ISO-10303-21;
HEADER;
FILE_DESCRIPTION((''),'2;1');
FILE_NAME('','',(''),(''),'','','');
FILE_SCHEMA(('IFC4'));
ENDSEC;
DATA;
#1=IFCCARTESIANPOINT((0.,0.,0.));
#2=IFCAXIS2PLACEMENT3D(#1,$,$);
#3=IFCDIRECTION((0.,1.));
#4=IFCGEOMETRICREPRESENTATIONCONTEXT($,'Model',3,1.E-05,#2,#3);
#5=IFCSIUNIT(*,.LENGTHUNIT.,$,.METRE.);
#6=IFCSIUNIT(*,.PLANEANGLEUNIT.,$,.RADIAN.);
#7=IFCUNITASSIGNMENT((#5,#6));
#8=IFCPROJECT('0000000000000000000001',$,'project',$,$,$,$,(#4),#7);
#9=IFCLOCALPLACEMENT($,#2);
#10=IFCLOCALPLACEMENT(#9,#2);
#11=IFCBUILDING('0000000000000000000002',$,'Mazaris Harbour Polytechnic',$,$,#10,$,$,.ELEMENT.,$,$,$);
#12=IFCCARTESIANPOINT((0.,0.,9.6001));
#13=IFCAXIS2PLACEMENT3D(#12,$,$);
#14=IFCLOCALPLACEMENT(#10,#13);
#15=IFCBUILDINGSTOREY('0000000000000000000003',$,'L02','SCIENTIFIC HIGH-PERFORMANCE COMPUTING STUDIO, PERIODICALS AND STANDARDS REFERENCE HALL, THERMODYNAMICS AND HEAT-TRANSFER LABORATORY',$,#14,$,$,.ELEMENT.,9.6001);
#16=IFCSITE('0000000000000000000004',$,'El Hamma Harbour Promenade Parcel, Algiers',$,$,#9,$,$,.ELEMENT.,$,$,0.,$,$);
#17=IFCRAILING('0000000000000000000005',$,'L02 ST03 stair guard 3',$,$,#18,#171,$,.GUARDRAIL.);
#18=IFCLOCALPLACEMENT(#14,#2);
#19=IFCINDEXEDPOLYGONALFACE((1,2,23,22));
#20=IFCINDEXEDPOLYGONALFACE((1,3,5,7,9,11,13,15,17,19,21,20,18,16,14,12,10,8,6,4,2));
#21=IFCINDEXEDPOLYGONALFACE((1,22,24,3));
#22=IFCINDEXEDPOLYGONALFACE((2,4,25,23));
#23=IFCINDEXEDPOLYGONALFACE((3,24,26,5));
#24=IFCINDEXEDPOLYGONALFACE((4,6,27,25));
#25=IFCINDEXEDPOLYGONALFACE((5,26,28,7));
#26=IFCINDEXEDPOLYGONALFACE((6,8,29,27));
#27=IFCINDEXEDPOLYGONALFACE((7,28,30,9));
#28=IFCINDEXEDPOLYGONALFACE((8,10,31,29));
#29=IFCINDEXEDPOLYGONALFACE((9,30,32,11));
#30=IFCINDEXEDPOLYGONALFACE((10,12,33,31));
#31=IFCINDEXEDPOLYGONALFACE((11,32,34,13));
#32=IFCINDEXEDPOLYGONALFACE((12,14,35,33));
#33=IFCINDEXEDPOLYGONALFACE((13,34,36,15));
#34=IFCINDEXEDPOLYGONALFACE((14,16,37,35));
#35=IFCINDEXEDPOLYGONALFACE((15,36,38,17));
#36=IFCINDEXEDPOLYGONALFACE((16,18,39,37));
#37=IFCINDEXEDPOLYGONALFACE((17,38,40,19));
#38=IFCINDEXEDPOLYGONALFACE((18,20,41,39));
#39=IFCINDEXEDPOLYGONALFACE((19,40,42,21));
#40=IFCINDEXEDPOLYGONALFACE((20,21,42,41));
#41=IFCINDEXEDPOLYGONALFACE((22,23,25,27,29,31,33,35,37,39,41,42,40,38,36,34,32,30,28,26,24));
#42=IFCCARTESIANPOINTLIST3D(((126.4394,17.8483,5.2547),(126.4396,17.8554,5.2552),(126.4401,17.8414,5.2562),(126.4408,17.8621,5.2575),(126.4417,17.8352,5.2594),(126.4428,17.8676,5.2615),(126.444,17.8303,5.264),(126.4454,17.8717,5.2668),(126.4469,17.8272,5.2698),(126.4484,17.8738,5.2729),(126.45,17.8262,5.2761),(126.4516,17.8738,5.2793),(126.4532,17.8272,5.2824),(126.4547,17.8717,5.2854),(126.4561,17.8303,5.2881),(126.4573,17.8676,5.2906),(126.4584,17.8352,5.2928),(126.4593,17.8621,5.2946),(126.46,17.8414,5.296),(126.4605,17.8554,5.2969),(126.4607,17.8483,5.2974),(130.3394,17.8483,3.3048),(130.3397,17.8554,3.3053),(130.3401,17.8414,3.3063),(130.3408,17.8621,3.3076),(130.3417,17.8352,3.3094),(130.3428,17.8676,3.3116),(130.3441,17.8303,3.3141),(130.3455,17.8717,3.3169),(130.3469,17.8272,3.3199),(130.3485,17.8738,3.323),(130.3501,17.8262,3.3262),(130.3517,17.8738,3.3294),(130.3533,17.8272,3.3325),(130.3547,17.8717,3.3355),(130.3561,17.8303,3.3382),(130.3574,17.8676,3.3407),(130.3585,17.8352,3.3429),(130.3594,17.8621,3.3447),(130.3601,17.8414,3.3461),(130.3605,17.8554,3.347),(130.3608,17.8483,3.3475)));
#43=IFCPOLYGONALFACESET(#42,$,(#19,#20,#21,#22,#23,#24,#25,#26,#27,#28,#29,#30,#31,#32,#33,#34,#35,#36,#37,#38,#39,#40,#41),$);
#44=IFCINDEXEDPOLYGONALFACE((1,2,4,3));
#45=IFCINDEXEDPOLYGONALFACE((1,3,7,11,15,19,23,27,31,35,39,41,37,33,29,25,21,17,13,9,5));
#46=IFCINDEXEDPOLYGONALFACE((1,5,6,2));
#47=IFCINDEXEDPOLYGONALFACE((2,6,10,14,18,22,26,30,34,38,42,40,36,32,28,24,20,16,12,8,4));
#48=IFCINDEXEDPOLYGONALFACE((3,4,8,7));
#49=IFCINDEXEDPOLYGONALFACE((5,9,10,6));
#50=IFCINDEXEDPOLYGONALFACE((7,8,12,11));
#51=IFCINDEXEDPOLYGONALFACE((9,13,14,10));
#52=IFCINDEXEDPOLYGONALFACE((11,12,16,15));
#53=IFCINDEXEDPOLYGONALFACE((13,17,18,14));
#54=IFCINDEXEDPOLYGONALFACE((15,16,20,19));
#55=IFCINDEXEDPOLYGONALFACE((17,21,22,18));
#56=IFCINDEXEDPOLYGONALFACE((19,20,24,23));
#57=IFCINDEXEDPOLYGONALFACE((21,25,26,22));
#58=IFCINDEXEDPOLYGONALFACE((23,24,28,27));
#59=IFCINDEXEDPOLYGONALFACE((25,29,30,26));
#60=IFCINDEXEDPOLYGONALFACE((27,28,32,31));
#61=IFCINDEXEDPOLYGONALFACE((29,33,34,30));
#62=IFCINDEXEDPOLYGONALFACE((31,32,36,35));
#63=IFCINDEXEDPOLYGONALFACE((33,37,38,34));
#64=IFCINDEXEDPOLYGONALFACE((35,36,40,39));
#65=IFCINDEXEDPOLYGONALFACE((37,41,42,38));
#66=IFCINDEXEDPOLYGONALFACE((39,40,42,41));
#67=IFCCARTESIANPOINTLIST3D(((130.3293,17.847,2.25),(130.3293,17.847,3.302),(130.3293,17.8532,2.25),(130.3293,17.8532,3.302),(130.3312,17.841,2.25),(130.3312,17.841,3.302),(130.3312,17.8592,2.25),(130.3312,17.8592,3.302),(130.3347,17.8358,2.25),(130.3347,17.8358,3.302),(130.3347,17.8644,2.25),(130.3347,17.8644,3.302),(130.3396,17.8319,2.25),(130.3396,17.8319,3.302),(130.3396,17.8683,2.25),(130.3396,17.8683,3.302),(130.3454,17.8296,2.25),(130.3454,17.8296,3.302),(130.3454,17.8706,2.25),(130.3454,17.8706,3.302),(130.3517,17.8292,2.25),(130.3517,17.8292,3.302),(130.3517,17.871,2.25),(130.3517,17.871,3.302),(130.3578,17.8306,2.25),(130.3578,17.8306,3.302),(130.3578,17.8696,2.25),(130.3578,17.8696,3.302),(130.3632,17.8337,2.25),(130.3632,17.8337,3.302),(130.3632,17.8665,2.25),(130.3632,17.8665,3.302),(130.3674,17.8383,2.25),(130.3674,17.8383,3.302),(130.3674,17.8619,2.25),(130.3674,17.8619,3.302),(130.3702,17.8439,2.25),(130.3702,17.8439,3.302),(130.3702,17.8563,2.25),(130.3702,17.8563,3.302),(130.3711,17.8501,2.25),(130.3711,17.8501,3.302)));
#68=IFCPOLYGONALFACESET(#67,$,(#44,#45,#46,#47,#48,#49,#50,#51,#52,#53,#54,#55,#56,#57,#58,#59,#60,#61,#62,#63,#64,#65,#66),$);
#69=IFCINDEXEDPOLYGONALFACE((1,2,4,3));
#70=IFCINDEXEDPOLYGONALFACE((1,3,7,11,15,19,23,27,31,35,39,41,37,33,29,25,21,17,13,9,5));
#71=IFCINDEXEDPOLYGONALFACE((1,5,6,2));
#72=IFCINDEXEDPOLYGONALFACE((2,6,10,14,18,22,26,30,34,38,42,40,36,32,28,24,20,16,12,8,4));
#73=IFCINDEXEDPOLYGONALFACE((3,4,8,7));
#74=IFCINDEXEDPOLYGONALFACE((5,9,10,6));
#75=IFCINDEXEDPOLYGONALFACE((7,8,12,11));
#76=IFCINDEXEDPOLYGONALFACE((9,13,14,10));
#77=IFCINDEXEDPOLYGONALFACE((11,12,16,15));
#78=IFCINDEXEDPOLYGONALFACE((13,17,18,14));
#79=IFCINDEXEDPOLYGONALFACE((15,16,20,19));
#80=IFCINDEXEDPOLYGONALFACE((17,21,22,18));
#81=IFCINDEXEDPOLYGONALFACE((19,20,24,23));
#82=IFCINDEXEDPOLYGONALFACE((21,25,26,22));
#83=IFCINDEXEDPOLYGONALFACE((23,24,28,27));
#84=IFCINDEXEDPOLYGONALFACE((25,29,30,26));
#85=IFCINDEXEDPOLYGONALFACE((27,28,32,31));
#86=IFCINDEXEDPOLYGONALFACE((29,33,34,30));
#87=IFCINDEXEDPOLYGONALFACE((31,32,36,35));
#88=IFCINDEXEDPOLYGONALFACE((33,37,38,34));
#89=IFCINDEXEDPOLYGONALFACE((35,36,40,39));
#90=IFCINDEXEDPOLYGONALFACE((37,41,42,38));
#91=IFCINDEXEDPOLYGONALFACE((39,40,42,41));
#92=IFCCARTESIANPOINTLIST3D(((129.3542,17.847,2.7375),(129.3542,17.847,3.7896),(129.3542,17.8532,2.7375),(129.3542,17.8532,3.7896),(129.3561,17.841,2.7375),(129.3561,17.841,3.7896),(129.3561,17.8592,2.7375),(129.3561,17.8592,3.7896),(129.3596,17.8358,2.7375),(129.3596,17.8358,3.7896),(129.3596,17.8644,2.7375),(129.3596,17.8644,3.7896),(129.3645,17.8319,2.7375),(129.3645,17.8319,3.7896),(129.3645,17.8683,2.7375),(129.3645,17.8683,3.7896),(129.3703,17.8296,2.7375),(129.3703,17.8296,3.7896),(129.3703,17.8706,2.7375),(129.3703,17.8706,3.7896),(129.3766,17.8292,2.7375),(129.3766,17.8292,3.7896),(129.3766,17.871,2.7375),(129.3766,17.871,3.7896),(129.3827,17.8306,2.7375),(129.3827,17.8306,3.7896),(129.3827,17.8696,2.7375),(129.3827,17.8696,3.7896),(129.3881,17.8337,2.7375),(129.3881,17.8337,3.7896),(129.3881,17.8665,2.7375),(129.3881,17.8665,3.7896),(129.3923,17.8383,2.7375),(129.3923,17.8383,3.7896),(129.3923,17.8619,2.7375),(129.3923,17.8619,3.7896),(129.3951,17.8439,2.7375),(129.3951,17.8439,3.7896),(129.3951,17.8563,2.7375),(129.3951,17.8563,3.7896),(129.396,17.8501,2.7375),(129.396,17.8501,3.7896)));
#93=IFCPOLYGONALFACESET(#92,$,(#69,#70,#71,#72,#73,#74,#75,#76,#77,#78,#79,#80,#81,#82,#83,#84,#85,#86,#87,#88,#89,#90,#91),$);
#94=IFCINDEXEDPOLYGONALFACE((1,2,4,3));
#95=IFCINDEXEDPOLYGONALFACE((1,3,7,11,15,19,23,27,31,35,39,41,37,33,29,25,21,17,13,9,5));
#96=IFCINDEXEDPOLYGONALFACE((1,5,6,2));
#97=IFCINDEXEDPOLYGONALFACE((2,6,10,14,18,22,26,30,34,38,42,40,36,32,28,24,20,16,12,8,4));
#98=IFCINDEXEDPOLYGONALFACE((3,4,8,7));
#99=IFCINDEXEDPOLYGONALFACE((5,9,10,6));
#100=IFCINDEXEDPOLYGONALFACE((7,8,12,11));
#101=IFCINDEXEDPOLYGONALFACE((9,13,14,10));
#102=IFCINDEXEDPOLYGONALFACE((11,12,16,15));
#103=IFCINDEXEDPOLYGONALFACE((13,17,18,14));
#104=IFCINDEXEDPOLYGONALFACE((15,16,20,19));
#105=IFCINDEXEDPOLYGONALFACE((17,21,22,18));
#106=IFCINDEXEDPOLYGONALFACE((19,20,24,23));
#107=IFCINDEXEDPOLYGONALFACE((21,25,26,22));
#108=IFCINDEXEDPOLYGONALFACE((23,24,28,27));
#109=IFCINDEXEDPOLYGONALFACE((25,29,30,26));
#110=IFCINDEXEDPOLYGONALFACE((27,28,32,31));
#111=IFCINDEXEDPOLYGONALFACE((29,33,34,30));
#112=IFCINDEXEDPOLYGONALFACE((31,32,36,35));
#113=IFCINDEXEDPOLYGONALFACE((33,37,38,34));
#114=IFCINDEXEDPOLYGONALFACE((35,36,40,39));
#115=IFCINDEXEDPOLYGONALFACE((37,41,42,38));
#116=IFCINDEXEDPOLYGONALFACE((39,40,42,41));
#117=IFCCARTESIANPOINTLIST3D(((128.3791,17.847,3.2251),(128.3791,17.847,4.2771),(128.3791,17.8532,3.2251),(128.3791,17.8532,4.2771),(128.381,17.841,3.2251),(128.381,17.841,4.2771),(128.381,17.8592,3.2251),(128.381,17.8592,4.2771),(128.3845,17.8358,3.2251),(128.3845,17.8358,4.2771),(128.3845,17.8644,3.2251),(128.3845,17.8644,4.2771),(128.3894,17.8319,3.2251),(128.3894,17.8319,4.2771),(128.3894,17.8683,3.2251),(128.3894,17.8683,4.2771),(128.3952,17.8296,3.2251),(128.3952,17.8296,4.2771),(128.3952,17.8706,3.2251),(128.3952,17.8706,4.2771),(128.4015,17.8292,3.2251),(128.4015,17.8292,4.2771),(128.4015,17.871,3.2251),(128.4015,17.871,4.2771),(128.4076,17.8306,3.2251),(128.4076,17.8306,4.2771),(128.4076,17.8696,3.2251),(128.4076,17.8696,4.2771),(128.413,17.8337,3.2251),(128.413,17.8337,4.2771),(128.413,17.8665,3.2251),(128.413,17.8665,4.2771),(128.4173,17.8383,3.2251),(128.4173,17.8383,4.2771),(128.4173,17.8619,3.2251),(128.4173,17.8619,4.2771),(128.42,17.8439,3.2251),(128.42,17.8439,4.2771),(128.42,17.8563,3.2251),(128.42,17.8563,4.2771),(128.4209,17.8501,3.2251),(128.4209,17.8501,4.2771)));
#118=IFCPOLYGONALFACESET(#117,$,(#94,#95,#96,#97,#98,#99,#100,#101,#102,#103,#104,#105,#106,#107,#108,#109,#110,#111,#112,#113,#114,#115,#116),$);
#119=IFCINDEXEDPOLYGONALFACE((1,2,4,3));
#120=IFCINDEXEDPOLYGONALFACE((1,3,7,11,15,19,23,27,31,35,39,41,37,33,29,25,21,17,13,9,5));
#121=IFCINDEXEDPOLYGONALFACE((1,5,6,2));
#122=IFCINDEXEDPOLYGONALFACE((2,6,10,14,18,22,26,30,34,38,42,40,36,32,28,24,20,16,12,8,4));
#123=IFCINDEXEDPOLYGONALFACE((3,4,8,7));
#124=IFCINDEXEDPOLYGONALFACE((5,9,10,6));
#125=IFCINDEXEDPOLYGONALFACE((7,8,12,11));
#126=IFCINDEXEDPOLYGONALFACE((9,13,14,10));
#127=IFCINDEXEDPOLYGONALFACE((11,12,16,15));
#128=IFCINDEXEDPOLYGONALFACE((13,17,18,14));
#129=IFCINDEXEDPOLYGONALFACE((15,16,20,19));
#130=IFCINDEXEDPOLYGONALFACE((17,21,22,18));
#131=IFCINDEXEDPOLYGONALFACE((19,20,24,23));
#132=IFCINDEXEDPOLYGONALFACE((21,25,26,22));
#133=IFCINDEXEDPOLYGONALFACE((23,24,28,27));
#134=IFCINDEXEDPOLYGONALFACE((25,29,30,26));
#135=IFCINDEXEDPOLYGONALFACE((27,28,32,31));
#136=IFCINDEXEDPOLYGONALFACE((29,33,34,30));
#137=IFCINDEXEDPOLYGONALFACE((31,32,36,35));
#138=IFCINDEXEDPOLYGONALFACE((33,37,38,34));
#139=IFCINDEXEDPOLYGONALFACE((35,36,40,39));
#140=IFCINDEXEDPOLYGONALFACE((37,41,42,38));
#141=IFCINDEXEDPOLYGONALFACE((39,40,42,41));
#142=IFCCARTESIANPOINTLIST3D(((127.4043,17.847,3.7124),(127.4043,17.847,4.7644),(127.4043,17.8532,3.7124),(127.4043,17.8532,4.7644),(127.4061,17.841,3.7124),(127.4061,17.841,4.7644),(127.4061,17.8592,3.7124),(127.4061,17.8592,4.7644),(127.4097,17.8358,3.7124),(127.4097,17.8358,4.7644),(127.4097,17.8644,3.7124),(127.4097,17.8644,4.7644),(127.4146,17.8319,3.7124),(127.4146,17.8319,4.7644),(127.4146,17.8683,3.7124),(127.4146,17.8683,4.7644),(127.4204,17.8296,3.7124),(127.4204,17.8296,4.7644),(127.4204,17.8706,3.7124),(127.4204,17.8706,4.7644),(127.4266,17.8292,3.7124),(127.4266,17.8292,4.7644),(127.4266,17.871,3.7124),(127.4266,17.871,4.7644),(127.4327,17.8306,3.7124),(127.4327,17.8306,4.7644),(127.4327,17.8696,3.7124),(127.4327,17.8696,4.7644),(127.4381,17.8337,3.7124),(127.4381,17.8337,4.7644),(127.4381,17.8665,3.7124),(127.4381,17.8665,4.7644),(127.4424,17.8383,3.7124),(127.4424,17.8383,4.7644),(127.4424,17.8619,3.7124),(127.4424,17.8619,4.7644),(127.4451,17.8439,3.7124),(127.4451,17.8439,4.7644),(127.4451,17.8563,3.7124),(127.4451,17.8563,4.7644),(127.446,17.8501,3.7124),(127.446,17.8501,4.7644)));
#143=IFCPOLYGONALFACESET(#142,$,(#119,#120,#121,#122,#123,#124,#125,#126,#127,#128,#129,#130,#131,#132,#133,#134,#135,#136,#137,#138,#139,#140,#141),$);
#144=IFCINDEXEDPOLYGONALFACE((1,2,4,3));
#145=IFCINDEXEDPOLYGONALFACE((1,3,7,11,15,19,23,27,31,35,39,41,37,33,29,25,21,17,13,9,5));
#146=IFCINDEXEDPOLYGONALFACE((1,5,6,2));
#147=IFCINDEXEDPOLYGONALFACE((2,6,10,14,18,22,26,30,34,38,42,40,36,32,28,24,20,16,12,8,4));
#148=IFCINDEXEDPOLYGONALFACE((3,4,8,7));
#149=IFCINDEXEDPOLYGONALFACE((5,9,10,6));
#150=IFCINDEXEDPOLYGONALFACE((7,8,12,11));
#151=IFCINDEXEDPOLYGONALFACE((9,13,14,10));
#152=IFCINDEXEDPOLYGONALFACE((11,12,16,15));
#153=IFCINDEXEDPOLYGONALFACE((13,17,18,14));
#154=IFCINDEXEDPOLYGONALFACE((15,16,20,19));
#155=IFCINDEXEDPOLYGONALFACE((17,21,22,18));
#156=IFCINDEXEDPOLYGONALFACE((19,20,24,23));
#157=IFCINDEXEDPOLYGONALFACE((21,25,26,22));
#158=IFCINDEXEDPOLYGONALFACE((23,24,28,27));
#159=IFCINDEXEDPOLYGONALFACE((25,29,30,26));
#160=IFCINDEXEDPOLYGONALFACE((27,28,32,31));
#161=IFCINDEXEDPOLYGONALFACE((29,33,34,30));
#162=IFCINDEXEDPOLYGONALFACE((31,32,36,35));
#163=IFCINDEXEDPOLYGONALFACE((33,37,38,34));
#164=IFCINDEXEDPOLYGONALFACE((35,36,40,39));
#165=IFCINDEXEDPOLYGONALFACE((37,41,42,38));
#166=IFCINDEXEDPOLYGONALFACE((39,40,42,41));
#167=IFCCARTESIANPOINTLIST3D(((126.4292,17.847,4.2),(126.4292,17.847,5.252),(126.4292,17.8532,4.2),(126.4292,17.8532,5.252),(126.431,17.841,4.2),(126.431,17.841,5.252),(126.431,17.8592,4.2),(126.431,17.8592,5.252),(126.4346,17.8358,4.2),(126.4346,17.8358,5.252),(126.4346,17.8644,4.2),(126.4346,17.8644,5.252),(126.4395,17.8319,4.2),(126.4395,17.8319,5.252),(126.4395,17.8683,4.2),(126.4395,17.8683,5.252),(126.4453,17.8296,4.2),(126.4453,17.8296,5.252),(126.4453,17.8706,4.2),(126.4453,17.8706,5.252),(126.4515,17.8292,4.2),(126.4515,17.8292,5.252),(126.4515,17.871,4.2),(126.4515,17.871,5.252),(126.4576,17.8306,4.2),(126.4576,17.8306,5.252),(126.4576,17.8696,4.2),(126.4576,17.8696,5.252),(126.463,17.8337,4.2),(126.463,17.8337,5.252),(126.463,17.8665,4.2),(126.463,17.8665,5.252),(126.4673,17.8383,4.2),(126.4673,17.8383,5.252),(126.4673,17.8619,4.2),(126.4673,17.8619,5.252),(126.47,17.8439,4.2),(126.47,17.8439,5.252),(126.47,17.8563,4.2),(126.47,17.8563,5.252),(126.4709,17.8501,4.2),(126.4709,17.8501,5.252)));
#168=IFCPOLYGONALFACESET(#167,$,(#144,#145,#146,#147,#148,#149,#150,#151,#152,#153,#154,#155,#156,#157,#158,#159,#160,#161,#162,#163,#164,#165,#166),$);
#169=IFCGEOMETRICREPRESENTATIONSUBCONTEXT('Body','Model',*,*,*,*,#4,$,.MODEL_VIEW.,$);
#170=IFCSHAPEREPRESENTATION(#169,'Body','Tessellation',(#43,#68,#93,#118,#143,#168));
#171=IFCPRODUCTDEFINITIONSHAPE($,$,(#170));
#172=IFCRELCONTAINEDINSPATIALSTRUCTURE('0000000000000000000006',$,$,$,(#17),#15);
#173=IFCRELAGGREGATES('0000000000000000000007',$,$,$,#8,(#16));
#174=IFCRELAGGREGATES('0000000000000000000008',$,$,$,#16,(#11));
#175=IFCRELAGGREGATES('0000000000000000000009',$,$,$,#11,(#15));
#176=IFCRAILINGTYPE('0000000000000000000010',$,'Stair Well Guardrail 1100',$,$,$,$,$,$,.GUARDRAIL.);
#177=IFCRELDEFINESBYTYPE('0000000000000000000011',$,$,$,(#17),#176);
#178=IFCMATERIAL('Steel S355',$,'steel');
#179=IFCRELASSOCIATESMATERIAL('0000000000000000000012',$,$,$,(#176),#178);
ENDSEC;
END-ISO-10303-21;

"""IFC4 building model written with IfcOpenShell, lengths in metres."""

from ifc_helpers import new_model, si_unit, direction, frame, origin, origin_2d, place, context, subcontext, project, spatial, circle, extrude, material, type_object, element, save


model = new_model("IFC4")

# Units and contexts
model_context = context("Model", 3, precision=1e-05, world=origin(), true_north=direction((0.0, 1.0)))
body_context = subcontext(model_context, "Body", "Model", "MODEL_VIEW")
ifc_project = project(units=[si_unit("LENGTHUNIT", "METRE"), si_unit("PLANEANGLEUNIT", "RADIAN")], contexts=[model_context])

# Site, building, storey
site_placement = place(None, origin())
site = spatial("IfcSite", under=ifc_project, at=site_placement, Name="El Hamma Harbour Promenade Parcel, Algiers", CompositionType="ELEMENT", RefElevation=0.0)
building_placement = place(site_placement, origin())
building = spatial("IfcBuilding", under=site, at=building_placement, Name="Mazaris Harbour Polytechnic", CompositionType="ELEMENT")
storey_placement = place(building_placement, frame((0.0, 0.0, 9.6001)))
storey = spatial("IfcBuildingStorey", under=building, at=storey_placement, Name="L02", Description="SCIENTIFIC HIGH-PERFORMANCE COMPUTING STUDIO, PERIODICALS AND STANDARDS REFERENCE HALL, THERMODYNAMICS AND HEAT-TRANSFER LABORATORY", CompositionType="ELEMENT", Elevation=9.6001)

# Railing
ifc_material_1 = material(Name="Steel S355", Category="steel")
railing_type_1 = type_object("IfcRailingType", Name="Stair Well Guardrail 1100", PredefinedType="GUARDRAIL", material=ifc_material_1)
railing_1_placement = place(storey_placement, frame((130.3501, 17.8501, 2.25)))
element("IfcRailing", 1, at=railing_1_placement, inside=storey, type_object=railing_type_1, Name="L02 ST03 stair guard 3", PredefinedType="GUARDRAIL", context=body_context, shape_type="SweptSolid", body=[
    extrude(circle(Radius=0.0239, at=origin_2d()), frame((0.0, 0.0, 1.0762), z_axis=(-0.894438, 0.0, 0.447191), x_axis=(0.0, -1.0, 0.0)), (0.0, 0.0, 1.0), 4.3604),
    extrude(circle(Radius=0.021, at=origin_2d()), origin(), (0.0, 0.0, 1.0), 1.052),
    extrude(circle(Radius=0.021, at=origin_2d()), frame((-0.9751, 0.0, 0.4875)), (0.0, 0.0, 1.0), 1.052),
    extrude(circle(Radius=0.021, at=origin_2d()), frame((-1.9502, 0.0, 0.9751)), (0.0, 0.0, 1.0), 1.052),
    extrude(circle(Radius=0.021, at=origin_2d()), frame((-2.925, 0.0, 1.4624)), (0.0, 0.0, 1.0), 1.052),
    extrude(circle(Radius=0.021, at=origin_2d()), frame((-3.9001, 0.0, 1.95)), (0.0, 0.0, 1.0), 1.052),
])

save(model, "model.ifc")
